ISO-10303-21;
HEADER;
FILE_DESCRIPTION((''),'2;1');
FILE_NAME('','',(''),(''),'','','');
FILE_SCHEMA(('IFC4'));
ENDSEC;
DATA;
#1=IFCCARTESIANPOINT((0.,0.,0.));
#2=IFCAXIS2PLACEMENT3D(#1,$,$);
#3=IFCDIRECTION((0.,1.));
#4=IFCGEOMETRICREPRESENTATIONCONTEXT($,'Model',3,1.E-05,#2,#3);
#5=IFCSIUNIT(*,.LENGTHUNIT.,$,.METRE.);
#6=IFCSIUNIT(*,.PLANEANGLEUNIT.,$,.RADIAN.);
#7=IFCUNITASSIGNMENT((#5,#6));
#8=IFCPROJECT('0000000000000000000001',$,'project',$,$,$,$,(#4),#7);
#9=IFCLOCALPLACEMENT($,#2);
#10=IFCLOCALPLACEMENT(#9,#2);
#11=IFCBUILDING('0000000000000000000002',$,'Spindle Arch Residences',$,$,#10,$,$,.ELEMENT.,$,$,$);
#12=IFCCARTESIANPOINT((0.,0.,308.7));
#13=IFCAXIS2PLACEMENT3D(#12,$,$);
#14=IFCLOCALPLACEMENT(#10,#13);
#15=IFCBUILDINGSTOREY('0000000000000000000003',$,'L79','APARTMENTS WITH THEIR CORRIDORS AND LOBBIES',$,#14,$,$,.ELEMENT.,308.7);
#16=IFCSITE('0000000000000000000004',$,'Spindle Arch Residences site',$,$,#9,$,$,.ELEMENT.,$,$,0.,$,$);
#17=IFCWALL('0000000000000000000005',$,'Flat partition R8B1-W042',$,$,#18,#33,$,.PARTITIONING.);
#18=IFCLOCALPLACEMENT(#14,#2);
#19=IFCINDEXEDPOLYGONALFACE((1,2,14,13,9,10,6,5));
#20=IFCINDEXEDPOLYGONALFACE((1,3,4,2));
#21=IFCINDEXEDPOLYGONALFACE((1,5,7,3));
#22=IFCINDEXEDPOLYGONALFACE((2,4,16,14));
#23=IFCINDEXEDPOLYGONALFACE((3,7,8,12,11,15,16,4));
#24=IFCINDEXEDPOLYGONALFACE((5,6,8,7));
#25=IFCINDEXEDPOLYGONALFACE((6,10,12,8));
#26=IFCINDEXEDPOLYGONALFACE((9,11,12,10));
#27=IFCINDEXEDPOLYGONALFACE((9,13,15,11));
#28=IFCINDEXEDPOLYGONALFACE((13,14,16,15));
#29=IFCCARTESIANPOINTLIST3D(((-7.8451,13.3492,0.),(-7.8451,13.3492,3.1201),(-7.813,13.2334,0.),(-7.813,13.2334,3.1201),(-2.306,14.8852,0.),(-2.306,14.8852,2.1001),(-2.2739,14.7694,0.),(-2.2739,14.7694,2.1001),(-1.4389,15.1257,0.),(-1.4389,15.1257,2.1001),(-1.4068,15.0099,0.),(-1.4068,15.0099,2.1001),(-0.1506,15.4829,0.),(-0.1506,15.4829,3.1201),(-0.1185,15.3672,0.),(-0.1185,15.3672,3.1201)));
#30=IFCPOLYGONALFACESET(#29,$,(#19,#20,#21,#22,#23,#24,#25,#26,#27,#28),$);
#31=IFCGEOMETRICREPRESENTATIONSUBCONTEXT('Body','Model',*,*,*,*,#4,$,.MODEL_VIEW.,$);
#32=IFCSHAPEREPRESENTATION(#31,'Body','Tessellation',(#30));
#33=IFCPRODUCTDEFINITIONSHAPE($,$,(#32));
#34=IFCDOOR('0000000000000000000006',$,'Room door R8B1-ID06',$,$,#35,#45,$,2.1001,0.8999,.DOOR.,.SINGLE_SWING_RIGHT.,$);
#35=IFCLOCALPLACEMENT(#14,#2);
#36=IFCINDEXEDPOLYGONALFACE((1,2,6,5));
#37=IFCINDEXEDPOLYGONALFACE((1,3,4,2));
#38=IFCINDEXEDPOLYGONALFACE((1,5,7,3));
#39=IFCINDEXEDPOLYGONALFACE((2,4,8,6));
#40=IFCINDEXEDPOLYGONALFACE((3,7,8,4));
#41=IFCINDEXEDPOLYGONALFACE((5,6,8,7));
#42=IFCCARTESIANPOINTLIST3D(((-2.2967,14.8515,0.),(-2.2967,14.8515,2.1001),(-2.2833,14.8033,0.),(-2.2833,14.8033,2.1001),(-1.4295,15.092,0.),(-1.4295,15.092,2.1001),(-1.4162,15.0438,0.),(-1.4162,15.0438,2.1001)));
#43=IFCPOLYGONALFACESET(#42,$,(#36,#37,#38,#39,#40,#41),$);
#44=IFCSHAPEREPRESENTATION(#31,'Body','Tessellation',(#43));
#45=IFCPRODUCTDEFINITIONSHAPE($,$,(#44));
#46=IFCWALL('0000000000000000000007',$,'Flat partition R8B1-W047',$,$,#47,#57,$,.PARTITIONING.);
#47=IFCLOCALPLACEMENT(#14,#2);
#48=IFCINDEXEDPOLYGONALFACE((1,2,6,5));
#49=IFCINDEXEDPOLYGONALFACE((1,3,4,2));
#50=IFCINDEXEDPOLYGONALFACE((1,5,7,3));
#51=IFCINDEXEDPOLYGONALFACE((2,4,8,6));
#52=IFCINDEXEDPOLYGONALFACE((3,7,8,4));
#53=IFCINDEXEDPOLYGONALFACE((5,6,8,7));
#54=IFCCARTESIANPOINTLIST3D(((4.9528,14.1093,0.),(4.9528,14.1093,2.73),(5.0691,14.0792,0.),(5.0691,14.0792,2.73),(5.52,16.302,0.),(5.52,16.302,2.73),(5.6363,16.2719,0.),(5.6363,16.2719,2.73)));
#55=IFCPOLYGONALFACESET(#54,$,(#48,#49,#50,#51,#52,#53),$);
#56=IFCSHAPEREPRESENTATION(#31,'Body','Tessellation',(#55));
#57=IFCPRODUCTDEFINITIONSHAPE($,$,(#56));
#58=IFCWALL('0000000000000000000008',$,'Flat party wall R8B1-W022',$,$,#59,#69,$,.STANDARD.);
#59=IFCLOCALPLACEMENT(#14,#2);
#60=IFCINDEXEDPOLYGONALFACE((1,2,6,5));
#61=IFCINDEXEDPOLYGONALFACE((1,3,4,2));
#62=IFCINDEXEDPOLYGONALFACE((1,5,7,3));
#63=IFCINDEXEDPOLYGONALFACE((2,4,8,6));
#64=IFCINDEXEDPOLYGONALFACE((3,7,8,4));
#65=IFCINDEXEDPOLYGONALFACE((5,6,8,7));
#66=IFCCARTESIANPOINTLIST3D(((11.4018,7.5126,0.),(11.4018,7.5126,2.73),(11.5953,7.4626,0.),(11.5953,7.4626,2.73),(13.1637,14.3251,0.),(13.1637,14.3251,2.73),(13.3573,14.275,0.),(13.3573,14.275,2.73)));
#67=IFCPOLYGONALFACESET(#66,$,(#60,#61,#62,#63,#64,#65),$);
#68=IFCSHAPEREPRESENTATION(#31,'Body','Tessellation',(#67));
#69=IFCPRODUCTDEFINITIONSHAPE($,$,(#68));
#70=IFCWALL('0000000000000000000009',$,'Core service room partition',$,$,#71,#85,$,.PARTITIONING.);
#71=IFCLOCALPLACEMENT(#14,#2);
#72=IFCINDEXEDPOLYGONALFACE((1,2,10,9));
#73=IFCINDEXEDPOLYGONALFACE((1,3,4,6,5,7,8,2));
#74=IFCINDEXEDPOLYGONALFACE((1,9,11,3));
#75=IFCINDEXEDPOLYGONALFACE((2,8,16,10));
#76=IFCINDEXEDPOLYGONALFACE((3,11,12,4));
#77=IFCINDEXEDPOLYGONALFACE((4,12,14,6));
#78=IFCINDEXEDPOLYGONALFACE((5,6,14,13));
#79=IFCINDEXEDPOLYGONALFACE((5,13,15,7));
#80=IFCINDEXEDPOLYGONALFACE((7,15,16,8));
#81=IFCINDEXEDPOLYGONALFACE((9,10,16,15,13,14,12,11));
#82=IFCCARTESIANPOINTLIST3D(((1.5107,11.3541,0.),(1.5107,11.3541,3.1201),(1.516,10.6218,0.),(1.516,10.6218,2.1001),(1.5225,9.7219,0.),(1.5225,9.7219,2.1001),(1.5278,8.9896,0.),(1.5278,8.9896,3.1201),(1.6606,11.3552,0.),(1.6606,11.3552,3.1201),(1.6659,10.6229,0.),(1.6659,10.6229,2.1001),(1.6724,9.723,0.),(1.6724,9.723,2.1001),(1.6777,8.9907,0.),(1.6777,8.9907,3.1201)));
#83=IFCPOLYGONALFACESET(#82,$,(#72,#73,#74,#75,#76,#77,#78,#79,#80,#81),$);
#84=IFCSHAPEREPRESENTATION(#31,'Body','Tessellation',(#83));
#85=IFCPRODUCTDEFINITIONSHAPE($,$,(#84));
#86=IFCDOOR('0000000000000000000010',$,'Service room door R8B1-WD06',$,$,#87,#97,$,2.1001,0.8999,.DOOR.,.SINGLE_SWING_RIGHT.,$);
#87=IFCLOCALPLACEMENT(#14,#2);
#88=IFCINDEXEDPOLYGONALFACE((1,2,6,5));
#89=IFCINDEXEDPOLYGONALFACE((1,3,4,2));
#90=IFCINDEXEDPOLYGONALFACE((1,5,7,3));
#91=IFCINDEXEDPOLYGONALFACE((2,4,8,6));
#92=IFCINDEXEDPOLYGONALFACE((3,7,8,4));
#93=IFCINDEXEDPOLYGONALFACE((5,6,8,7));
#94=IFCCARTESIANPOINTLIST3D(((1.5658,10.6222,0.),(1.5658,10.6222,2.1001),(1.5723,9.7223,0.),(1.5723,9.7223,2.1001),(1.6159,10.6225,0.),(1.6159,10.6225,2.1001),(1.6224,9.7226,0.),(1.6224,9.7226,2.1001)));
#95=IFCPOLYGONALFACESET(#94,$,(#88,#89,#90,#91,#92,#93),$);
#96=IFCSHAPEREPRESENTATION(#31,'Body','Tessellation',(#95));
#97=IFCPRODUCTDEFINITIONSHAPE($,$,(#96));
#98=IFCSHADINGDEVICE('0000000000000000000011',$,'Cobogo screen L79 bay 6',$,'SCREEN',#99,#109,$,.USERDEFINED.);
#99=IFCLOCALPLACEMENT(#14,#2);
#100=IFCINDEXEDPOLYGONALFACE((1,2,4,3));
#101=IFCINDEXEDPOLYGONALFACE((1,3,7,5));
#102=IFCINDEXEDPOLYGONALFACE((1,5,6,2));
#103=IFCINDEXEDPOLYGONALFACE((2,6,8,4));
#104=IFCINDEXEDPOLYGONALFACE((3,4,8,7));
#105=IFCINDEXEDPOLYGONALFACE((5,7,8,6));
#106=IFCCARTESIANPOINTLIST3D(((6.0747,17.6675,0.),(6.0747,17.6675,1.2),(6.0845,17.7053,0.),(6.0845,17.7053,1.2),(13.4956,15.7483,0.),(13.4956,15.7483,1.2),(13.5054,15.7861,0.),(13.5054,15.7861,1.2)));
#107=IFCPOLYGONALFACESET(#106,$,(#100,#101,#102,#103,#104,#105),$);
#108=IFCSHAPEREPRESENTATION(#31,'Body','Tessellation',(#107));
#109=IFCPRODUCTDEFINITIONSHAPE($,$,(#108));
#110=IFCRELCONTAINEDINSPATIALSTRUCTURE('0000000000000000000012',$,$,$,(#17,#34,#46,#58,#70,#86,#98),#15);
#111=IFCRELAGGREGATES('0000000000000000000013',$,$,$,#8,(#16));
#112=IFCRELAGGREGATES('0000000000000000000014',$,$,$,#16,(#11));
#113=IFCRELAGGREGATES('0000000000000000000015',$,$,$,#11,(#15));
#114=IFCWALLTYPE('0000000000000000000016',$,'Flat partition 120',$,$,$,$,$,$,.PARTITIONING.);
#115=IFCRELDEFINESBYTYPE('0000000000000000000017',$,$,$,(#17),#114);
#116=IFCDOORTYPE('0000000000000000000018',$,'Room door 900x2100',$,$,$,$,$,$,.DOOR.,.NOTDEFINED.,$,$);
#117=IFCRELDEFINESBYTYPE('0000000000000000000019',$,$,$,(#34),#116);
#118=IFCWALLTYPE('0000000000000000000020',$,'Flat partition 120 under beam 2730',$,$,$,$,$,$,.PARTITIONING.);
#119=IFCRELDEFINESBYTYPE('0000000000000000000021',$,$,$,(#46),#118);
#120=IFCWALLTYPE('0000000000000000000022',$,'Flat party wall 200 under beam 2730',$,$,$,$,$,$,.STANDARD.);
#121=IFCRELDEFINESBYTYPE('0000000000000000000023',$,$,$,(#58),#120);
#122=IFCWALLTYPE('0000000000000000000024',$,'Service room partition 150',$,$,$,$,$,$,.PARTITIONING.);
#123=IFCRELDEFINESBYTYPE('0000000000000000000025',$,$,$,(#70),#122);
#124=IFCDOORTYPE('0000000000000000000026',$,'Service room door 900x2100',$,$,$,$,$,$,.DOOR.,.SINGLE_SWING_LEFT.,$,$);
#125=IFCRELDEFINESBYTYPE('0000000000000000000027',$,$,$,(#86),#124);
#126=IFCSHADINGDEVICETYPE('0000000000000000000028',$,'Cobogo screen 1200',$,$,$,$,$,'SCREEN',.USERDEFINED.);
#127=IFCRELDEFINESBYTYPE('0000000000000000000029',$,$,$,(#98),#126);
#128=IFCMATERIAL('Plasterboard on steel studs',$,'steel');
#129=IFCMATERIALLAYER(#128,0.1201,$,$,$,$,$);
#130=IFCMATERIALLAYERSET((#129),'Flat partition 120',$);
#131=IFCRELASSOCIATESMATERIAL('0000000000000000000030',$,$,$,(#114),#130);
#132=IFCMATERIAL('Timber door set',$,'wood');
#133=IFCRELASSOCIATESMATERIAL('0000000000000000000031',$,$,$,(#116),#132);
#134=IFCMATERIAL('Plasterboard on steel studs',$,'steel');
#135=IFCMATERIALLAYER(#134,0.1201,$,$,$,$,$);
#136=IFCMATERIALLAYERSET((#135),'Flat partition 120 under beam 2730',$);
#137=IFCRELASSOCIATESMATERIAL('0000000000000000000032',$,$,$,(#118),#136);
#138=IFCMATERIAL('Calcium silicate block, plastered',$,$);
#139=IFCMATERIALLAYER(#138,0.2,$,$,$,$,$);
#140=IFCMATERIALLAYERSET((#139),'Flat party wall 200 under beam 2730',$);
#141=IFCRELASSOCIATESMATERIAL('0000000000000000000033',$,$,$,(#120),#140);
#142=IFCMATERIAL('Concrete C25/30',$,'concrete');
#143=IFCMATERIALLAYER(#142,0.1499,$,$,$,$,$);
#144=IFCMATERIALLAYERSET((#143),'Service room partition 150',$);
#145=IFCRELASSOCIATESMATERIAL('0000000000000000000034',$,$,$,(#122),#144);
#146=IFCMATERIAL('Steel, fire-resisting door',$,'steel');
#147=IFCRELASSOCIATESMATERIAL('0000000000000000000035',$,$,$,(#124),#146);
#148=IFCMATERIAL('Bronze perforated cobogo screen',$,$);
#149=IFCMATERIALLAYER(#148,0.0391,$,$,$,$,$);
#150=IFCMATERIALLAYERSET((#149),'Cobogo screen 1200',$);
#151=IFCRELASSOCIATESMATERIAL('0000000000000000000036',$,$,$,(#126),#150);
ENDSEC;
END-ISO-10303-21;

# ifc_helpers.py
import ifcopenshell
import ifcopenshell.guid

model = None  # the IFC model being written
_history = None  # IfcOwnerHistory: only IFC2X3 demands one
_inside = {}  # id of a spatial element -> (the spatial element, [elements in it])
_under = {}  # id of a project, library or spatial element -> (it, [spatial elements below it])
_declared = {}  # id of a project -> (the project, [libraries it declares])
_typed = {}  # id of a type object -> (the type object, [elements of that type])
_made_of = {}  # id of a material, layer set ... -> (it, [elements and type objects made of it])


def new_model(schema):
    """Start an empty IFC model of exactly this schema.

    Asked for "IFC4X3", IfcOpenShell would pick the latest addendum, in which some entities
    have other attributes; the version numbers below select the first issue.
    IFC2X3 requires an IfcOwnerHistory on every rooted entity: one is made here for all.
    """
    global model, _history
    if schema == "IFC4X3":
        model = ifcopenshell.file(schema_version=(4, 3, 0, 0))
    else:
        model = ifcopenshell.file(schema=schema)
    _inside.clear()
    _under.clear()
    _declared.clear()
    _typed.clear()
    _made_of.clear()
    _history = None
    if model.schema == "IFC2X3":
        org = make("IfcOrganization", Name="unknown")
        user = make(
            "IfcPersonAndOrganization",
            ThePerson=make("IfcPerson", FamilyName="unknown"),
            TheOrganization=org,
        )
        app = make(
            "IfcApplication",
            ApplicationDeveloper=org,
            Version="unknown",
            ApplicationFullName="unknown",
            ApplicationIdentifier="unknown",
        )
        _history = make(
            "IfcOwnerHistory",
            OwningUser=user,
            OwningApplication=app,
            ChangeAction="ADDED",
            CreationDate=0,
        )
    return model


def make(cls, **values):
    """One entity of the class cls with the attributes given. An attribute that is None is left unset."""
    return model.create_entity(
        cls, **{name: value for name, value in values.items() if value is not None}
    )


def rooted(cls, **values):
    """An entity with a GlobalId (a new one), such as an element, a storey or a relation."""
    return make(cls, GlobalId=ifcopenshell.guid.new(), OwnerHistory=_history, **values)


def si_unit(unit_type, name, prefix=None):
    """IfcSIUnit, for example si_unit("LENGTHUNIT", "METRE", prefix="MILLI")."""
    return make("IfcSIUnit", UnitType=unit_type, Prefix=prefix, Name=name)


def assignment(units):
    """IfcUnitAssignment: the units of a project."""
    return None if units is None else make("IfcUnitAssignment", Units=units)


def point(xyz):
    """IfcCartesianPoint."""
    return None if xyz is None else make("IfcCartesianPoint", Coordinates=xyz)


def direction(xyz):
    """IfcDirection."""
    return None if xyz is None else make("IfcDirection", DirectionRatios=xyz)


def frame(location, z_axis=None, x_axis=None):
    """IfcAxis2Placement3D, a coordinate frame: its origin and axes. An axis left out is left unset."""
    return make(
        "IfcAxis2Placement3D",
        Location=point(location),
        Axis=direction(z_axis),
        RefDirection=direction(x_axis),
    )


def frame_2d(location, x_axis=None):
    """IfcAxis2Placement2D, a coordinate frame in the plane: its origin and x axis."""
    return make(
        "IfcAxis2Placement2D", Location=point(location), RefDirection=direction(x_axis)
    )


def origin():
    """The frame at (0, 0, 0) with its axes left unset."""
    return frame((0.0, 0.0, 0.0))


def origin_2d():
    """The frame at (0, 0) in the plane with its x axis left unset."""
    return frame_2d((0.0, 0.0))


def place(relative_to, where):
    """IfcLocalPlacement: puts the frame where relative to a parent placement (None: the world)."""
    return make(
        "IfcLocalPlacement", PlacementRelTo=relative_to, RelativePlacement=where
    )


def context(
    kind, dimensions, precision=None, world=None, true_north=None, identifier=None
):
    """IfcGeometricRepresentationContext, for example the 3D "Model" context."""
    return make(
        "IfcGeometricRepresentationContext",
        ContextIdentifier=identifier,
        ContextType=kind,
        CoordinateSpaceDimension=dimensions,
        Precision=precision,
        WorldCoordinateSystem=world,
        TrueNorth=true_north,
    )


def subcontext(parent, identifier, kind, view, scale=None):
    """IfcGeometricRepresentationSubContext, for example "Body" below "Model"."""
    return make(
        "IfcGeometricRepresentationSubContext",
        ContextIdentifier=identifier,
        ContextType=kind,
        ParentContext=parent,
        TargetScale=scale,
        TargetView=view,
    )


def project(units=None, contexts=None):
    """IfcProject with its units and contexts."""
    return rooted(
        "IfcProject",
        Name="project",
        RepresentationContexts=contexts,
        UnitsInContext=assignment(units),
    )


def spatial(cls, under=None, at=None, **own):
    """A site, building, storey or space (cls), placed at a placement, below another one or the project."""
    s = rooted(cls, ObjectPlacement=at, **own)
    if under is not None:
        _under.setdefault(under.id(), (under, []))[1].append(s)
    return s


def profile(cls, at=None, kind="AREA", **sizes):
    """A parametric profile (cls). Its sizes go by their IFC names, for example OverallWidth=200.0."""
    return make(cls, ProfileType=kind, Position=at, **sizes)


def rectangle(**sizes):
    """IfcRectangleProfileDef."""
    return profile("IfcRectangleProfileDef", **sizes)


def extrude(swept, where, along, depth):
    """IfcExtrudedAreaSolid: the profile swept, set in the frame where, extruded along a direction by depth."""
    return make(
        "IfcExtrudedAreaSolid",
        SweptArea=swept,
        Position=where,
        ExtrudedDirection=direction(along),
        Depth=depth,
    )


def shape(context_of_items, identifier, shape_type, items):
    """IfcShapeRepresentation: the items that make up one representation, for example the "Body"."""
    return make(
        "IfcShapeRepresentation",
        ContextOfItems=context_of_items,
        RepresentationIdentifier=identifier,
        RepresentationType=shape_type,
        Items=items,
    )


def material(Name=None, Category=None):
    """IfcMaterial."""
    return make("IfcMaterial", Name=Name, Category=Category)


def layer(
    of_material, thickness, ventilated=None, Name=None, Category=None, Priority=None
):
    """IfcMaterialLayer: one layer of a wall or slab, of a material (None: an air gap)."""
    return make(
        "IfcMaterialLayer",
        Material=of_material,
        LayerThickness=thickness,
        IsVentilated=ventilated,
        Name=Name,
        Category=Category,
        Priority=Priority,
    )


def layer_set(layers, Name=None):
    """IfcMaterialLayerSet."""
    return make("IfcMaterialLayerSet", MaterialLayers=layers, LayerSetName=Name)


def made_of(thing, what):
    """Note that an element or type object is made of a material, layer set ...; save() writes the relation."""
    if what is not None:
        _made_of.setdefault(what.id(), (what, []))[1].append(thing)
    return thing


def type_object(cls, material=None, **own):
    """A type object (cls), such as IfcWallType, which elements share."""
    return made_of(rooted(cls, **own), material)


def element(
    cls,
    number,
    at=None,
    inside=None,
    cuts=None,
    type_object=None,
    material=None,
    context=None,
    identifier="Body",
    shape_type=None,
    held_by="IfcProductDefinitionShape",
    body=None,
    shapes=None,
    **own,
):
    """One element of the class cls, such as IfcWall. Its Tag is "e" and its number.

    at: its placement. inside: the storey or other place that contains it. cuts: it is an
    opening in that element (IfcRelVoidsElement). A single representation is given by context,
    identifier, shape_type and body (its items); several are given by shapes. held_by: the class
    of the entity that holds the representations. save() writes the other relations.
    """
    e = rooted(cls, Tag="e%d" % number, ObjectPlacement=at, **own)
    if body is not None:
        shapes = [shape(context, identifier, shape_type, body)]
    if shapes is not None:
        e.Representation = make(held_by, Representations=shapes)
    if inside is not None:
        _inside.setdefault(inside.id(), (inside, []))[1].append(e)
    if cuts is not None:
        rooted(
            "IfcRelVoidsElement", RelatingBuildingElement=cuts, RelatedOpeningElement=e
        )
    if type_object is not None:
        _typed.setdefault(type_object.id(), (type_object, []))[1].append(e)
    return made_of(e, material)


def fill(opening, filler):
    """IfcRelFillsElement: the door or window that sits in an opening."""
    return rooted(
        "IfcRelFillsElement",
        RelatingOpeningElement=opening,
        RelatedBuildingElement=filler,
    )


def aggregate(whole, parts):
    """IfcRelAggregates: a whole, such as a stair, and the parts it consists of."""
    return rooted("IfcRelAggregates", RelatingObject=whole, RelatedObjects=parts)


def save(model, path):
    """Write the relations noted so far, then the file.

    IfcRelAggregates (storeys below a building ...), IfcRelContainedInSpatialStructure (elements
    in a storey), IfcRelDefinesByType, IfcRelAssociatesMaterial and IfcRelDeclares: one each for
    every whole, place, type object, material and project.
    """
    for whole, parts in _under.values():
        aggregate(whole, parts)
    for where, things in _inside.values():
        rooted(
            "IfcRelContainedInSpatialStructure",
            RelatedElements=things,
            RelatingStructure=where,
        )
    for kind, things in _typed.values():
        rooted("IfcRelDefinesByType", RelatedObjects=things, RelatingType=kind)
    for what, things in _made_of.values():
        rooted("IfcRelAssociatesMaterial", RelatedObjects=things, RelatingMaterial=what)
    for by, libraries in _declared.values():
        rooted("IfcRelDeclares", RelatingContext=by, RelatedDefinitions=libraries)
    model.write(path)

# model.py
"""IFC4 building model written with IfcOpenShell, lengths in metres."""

from ifc_helpers import new_model, si_unit, direction, frame, frame_2d, origin, origin_2d, place, context, subcontext, project, spatial, rectangle, extrude, material, layer, layer_set, type_object, element, fill, save


model = new_model("IFC4")

# Units and contexts
model_context = context("Model", 3, precision=1e-05, world=origin(), true_north=direction((0.0, 1.0)))
body_context = subcontext(model_context, "Body", "Model", "MODEL_VIEW")
ifc_project = project(units=[si_unit("LENGTHUNIT", "METRE"), si_unit("PLANEANGLEUNIT", "RADIAN")], contexts=[model_context])

# Site, building, storey
site_placement = place(None, origin())
site = spatial("IfcSite", under=ifc_project, at=site_placement, Name="Spindle Arch Residences site", CompositionType="ELEMENT", RefElevation=0.0)
building_placement = place(site_placement, origin())
building = spatial("IfcBuilding", under=site, at=building_placement, Name="Spindle Arch Residences", CompositionType="ELEMENT")
storey_placement = place(building_placement, frame((0.0, 0.0, 308.7)))
storey = spatial("IfcBuildingStorey", under=building, at=storey_placement, Name="L79", Description="APARTMENTS WITH THEIR CORRIDORS AND LOBBIES", CompositionType="ELEMENT", Elevation=308.7)

# Wall, opening, door
ifc_material_1 = material(Name="Plasterboard on steel studs", Category="steel")
ifc_layer_1 = layer(ifc_material_1, 0.1201)
ifc_layer_set_1 = layer_set([ifc_layer_1], Name="Flat partition 120")
wall_type_1 = type_object("IfcWallType", Name="Flat partition 120", PredefinedType="PARTITIONING", material=ifc_layer_set_1)
ifc_material_2 = material(Name="Timber door set", Category="wood")
door_type_1 = type_object("IfcDoorType", Name="Room door 900x2100", OperationType="NOTDEFINED", PredefinedType="DOOR", material=ifc_material_2)
wall_1_placement = place(storey_placement, frame((-0.1345, 15.425, 0.0), z_axis=(0.0, 0.0, 1.0), x_axis=(-0.963634, -0.267226, 0.0)))
wall_1 = element("IfcWall", 1, at=wall_1_placement, inside=storey, type_object=wall_type_1, Name="Flat partition R8B1-W042", PredefinedType="PARTITIONING", context=body_context, shape_type="SweptSolid", body=[
    extrude(rectangle(XDim=7.9849, YDim=0.1201, at=frame_2d((3.9924, 0.0))), origin(), (0.0, 0.0, 1.0), 3.1201),
])
opening_1_placement = place(wall_1_placement, frame((1.3369, 0.0, 0.0)))
opening_1 = element("IfcOpeningElement", 2, at=opening_1_placement, cuts=wall_1, PredefinedType="OPENING", context=body_context, shape_type="SweptSolid", body=[
    extrude(rectangle(XDim=0.8999, YDim=2.1001, at=frame_2d((0.45, 1.05))), frame((0.0, 0.0701, 0.0), z_axis=(0.0, -1.0, 0.0), x_axis=(1.0, 0.0, 0.0)), (0.0, 0.0, 1.0), 0.1401),
])
door_1_placement = place(opening_1_placement, origin())
door_1 = element("IfcDoor", 3, at=door_1_placement, inside=storey, type_object=door_type_1, Name="Room door R8B1-ID06", OperationType="SINGLE_SWING_RIGHT", OverallHeight=2.1001, OverallWidth=0.8999, PredefinedType="DOOR", context=body_context, shape_type="SweptSolid", body=[
    extrude(rectangle(XDim=0.8999, YDim=2.1001, at=frame_2d((0.45, 1.05))), frame((0.0, 0.0249, 0.0), z_axis=(0.0, -1.0, 0.0), x_axis=(1.0, 0.0, 0.0)), (0.0, 0.0, 1.0), 0.05),
])
fill(opening_1, door_1)

# Walls
ifc_material_3 = material(Name="Plasterboard on steel studs", Category="steel")
ifc_layer_2 = layer(ifc_material_3, 0.1201)
ifc_layer_set_2 = layer_set([ifc_layer_2], Name="Flat partition 120 under beam 2730")
wall_type_2 = type_object("IfcWallType", Name="Flat partition 120 under beam 2730", PredefinedType="PARTITIONING", material=ifc_layer_set_2)
wall_2_placement = place(storey_placement, frame((5.5781, 16.2869, 0.0), z_axis=(0.0, 0.0, 1.0), x_axis=(-0.250416, -0.968138, 0.0)))
element("IfcWall", 4, at=wall_2_placement, inside=storey, type_object=wall_type_2, Name="Flat partition R8B1-W047", PredefinedType="PARTITIONING", context=body_context, shape_type="SweptSolid", body=[
    extrude(rectangle(XDim=2.2649, YDim=0.1201, at=frame_2d((1.1323, 0.0))), origin(), (0.0, 0.0, 1.0), 2.73),
])
ifc_material_4 = material(Name="Calcium silicate block, plastered")
ifc_layer_3 = layer(ifc_material_4, 0.2)
ifc_layer_set_3 = layer_set([ifc_layer_3], Name="Flat party wall 200 under beam 2730")
wall_type_3 = type_object("IfcWallType", Name="Flat party wall 200 under beam 2730", PredefinedType="STANDARD", material=ifc_layer_set_3)
wall_3_placement = place(storey_placement, frame((13.2605, 14.3, 0.0), z_axis=(0.0, 0.0, 1.0), x_axis=(-0.250397, -0.968143, 0.0)))
element("IfcWall", 5, at=wall_3_placement, inside=storey, type_object=wall_type_3, Name="Flat party wall R8B1-W022", PredefinedType="STANDARD", context=body_context, shape_type="SweptSolid", body=[
    extrude(rectangle(XDim=7.0366, YDim=0.2, at=frame_2d((3.5183, 0.0))), origin(), (0.0, 0.0, 1.0), 2.73),
])

# Wall, opening, door
ifc_material_5 = material(Name="Concrete C25/30", Category="concrete")
ifc_layer_4 = layer(ifc_material_5, 0.1499)
ifc_layer_set_4 = layer_set([ifc_layer_4], Name="Service room partition 150")
wall_type_4 = type_object("IfcWallType", Name="Service room partition 150", PredefinedType="PARTITIONING", material=ifc_layer_set_4)
wall_4_placement = place(storey_placement, frame((1.5857, 11.3545, 0.0), z_axis=(0.0, 0.0, 1.0), x_axis=(0.007227, -0.999974, 0.0)))
wall_4 = element("IfcWall", 6, at=wall_4_placement, inside=storey, type_object=wall_type_4, Name="Core service room partition", PredefinedType="PARTITIONING", context=body_context, shape_type="SweptSolid", body=[
    extrude(rectangle(XDim=2.3645, YDim=0.1499, at=frame_2d((1.1821, 0.0))), origin(), (0.0, 0.0, 1.0), 3.1201),
])
opening_2_placement = place(wall_4_placement, frame((0.7322, 0.0, 0.0)))
opening_2 = element("IfcOpeningElement", 7, at=opening_2_placement, cuts=wall_4, PredefinedType="OPENING", context=body_context, shape_type="SweptSolid", body=[
    extrude(rectangle(XDim=0.8999, YDim=2.1001, at=frame_2d((0.45, 1.05))), frame((0.0, 0.085, 0.0), z_axis=(0.0, -1.0, 0.0), x_axis=(1.0, 0.0, 0.0)), (0.0, 0.0, 1.0), 0.1699),
])
ifc_material_6 = material(Name="Steel, fire-resisting door", Category="steel")
door_type_2 = type_object("IfcDoorType", Name="Service room door 900x2100", OperationType="SINGLE_SWING_LEFT", PredefinedType="DOOR", material=ifc_material_6)
door_2_placement = place(opening_2_placement, origin())
door_2 = element("IfcDoor", 8, at=door_2_placement, inside=storey, type_object=door_type_2, Name="Service room door R8B1-WD06", OperationType="SINGLE_SWING_RIGHT", OverallHeight=2.1001, OverallWidth=0.8999, PredefinedType="DOOR", context=body_context, shape_type="SweptSolid", body=[
    extrude(rectangle(XDim=0.8999, YDim=2.1001, at=frame_2d((0.45, 1.05))), frame((0.0, 0.0249, 0.0), z_axis=(0.0, -1.0, 0.0), x_axis=(1.0, 0.0, 0.0)), (0.0, 0.0, 1.0), 0.05),
])
fill(opening_2, door_2)

# Shading device
ifc_material_7 = material(Name="Bronze perforated cobogo screen")
ifc_layer_5 = layer(ifc_material_7, 0.0391)
ifc_layer_set_5 = layer_set([ifc_layer_5], Name="Cobogo screen 1200")
shading_device_type = type_object("IfcShadingDeviceType", Name="Cobogo screen 1200", ElementType="SCREEN", PredefinedType="USERDEFINED", material=ifc_layer_set_5)
shading_device_placement = place(storey_placement, frame((9.79, 16.7268, 0.0), z_axis=(0.0, 0.0, 1.0), x_axis=(-0.968148, 0.25038, 0.0)))
element("IfcShadingDevice", 9, at=shading_device_placement, inside=storey, type_object=shading_device_type, Name="Cobogo screen L79 bay 6", ObjectType="SCREEN", PredefinedType="USERDEFINED", context=body_context, shape_type="SweptSolid", body=[
    extrude(rectangle(XDim=7.665, YDim=0.0391, at=origin_2d()), origin(), (0.0, 0.0, 1.0), 1.2),
])

save(model, "model.ifc")
